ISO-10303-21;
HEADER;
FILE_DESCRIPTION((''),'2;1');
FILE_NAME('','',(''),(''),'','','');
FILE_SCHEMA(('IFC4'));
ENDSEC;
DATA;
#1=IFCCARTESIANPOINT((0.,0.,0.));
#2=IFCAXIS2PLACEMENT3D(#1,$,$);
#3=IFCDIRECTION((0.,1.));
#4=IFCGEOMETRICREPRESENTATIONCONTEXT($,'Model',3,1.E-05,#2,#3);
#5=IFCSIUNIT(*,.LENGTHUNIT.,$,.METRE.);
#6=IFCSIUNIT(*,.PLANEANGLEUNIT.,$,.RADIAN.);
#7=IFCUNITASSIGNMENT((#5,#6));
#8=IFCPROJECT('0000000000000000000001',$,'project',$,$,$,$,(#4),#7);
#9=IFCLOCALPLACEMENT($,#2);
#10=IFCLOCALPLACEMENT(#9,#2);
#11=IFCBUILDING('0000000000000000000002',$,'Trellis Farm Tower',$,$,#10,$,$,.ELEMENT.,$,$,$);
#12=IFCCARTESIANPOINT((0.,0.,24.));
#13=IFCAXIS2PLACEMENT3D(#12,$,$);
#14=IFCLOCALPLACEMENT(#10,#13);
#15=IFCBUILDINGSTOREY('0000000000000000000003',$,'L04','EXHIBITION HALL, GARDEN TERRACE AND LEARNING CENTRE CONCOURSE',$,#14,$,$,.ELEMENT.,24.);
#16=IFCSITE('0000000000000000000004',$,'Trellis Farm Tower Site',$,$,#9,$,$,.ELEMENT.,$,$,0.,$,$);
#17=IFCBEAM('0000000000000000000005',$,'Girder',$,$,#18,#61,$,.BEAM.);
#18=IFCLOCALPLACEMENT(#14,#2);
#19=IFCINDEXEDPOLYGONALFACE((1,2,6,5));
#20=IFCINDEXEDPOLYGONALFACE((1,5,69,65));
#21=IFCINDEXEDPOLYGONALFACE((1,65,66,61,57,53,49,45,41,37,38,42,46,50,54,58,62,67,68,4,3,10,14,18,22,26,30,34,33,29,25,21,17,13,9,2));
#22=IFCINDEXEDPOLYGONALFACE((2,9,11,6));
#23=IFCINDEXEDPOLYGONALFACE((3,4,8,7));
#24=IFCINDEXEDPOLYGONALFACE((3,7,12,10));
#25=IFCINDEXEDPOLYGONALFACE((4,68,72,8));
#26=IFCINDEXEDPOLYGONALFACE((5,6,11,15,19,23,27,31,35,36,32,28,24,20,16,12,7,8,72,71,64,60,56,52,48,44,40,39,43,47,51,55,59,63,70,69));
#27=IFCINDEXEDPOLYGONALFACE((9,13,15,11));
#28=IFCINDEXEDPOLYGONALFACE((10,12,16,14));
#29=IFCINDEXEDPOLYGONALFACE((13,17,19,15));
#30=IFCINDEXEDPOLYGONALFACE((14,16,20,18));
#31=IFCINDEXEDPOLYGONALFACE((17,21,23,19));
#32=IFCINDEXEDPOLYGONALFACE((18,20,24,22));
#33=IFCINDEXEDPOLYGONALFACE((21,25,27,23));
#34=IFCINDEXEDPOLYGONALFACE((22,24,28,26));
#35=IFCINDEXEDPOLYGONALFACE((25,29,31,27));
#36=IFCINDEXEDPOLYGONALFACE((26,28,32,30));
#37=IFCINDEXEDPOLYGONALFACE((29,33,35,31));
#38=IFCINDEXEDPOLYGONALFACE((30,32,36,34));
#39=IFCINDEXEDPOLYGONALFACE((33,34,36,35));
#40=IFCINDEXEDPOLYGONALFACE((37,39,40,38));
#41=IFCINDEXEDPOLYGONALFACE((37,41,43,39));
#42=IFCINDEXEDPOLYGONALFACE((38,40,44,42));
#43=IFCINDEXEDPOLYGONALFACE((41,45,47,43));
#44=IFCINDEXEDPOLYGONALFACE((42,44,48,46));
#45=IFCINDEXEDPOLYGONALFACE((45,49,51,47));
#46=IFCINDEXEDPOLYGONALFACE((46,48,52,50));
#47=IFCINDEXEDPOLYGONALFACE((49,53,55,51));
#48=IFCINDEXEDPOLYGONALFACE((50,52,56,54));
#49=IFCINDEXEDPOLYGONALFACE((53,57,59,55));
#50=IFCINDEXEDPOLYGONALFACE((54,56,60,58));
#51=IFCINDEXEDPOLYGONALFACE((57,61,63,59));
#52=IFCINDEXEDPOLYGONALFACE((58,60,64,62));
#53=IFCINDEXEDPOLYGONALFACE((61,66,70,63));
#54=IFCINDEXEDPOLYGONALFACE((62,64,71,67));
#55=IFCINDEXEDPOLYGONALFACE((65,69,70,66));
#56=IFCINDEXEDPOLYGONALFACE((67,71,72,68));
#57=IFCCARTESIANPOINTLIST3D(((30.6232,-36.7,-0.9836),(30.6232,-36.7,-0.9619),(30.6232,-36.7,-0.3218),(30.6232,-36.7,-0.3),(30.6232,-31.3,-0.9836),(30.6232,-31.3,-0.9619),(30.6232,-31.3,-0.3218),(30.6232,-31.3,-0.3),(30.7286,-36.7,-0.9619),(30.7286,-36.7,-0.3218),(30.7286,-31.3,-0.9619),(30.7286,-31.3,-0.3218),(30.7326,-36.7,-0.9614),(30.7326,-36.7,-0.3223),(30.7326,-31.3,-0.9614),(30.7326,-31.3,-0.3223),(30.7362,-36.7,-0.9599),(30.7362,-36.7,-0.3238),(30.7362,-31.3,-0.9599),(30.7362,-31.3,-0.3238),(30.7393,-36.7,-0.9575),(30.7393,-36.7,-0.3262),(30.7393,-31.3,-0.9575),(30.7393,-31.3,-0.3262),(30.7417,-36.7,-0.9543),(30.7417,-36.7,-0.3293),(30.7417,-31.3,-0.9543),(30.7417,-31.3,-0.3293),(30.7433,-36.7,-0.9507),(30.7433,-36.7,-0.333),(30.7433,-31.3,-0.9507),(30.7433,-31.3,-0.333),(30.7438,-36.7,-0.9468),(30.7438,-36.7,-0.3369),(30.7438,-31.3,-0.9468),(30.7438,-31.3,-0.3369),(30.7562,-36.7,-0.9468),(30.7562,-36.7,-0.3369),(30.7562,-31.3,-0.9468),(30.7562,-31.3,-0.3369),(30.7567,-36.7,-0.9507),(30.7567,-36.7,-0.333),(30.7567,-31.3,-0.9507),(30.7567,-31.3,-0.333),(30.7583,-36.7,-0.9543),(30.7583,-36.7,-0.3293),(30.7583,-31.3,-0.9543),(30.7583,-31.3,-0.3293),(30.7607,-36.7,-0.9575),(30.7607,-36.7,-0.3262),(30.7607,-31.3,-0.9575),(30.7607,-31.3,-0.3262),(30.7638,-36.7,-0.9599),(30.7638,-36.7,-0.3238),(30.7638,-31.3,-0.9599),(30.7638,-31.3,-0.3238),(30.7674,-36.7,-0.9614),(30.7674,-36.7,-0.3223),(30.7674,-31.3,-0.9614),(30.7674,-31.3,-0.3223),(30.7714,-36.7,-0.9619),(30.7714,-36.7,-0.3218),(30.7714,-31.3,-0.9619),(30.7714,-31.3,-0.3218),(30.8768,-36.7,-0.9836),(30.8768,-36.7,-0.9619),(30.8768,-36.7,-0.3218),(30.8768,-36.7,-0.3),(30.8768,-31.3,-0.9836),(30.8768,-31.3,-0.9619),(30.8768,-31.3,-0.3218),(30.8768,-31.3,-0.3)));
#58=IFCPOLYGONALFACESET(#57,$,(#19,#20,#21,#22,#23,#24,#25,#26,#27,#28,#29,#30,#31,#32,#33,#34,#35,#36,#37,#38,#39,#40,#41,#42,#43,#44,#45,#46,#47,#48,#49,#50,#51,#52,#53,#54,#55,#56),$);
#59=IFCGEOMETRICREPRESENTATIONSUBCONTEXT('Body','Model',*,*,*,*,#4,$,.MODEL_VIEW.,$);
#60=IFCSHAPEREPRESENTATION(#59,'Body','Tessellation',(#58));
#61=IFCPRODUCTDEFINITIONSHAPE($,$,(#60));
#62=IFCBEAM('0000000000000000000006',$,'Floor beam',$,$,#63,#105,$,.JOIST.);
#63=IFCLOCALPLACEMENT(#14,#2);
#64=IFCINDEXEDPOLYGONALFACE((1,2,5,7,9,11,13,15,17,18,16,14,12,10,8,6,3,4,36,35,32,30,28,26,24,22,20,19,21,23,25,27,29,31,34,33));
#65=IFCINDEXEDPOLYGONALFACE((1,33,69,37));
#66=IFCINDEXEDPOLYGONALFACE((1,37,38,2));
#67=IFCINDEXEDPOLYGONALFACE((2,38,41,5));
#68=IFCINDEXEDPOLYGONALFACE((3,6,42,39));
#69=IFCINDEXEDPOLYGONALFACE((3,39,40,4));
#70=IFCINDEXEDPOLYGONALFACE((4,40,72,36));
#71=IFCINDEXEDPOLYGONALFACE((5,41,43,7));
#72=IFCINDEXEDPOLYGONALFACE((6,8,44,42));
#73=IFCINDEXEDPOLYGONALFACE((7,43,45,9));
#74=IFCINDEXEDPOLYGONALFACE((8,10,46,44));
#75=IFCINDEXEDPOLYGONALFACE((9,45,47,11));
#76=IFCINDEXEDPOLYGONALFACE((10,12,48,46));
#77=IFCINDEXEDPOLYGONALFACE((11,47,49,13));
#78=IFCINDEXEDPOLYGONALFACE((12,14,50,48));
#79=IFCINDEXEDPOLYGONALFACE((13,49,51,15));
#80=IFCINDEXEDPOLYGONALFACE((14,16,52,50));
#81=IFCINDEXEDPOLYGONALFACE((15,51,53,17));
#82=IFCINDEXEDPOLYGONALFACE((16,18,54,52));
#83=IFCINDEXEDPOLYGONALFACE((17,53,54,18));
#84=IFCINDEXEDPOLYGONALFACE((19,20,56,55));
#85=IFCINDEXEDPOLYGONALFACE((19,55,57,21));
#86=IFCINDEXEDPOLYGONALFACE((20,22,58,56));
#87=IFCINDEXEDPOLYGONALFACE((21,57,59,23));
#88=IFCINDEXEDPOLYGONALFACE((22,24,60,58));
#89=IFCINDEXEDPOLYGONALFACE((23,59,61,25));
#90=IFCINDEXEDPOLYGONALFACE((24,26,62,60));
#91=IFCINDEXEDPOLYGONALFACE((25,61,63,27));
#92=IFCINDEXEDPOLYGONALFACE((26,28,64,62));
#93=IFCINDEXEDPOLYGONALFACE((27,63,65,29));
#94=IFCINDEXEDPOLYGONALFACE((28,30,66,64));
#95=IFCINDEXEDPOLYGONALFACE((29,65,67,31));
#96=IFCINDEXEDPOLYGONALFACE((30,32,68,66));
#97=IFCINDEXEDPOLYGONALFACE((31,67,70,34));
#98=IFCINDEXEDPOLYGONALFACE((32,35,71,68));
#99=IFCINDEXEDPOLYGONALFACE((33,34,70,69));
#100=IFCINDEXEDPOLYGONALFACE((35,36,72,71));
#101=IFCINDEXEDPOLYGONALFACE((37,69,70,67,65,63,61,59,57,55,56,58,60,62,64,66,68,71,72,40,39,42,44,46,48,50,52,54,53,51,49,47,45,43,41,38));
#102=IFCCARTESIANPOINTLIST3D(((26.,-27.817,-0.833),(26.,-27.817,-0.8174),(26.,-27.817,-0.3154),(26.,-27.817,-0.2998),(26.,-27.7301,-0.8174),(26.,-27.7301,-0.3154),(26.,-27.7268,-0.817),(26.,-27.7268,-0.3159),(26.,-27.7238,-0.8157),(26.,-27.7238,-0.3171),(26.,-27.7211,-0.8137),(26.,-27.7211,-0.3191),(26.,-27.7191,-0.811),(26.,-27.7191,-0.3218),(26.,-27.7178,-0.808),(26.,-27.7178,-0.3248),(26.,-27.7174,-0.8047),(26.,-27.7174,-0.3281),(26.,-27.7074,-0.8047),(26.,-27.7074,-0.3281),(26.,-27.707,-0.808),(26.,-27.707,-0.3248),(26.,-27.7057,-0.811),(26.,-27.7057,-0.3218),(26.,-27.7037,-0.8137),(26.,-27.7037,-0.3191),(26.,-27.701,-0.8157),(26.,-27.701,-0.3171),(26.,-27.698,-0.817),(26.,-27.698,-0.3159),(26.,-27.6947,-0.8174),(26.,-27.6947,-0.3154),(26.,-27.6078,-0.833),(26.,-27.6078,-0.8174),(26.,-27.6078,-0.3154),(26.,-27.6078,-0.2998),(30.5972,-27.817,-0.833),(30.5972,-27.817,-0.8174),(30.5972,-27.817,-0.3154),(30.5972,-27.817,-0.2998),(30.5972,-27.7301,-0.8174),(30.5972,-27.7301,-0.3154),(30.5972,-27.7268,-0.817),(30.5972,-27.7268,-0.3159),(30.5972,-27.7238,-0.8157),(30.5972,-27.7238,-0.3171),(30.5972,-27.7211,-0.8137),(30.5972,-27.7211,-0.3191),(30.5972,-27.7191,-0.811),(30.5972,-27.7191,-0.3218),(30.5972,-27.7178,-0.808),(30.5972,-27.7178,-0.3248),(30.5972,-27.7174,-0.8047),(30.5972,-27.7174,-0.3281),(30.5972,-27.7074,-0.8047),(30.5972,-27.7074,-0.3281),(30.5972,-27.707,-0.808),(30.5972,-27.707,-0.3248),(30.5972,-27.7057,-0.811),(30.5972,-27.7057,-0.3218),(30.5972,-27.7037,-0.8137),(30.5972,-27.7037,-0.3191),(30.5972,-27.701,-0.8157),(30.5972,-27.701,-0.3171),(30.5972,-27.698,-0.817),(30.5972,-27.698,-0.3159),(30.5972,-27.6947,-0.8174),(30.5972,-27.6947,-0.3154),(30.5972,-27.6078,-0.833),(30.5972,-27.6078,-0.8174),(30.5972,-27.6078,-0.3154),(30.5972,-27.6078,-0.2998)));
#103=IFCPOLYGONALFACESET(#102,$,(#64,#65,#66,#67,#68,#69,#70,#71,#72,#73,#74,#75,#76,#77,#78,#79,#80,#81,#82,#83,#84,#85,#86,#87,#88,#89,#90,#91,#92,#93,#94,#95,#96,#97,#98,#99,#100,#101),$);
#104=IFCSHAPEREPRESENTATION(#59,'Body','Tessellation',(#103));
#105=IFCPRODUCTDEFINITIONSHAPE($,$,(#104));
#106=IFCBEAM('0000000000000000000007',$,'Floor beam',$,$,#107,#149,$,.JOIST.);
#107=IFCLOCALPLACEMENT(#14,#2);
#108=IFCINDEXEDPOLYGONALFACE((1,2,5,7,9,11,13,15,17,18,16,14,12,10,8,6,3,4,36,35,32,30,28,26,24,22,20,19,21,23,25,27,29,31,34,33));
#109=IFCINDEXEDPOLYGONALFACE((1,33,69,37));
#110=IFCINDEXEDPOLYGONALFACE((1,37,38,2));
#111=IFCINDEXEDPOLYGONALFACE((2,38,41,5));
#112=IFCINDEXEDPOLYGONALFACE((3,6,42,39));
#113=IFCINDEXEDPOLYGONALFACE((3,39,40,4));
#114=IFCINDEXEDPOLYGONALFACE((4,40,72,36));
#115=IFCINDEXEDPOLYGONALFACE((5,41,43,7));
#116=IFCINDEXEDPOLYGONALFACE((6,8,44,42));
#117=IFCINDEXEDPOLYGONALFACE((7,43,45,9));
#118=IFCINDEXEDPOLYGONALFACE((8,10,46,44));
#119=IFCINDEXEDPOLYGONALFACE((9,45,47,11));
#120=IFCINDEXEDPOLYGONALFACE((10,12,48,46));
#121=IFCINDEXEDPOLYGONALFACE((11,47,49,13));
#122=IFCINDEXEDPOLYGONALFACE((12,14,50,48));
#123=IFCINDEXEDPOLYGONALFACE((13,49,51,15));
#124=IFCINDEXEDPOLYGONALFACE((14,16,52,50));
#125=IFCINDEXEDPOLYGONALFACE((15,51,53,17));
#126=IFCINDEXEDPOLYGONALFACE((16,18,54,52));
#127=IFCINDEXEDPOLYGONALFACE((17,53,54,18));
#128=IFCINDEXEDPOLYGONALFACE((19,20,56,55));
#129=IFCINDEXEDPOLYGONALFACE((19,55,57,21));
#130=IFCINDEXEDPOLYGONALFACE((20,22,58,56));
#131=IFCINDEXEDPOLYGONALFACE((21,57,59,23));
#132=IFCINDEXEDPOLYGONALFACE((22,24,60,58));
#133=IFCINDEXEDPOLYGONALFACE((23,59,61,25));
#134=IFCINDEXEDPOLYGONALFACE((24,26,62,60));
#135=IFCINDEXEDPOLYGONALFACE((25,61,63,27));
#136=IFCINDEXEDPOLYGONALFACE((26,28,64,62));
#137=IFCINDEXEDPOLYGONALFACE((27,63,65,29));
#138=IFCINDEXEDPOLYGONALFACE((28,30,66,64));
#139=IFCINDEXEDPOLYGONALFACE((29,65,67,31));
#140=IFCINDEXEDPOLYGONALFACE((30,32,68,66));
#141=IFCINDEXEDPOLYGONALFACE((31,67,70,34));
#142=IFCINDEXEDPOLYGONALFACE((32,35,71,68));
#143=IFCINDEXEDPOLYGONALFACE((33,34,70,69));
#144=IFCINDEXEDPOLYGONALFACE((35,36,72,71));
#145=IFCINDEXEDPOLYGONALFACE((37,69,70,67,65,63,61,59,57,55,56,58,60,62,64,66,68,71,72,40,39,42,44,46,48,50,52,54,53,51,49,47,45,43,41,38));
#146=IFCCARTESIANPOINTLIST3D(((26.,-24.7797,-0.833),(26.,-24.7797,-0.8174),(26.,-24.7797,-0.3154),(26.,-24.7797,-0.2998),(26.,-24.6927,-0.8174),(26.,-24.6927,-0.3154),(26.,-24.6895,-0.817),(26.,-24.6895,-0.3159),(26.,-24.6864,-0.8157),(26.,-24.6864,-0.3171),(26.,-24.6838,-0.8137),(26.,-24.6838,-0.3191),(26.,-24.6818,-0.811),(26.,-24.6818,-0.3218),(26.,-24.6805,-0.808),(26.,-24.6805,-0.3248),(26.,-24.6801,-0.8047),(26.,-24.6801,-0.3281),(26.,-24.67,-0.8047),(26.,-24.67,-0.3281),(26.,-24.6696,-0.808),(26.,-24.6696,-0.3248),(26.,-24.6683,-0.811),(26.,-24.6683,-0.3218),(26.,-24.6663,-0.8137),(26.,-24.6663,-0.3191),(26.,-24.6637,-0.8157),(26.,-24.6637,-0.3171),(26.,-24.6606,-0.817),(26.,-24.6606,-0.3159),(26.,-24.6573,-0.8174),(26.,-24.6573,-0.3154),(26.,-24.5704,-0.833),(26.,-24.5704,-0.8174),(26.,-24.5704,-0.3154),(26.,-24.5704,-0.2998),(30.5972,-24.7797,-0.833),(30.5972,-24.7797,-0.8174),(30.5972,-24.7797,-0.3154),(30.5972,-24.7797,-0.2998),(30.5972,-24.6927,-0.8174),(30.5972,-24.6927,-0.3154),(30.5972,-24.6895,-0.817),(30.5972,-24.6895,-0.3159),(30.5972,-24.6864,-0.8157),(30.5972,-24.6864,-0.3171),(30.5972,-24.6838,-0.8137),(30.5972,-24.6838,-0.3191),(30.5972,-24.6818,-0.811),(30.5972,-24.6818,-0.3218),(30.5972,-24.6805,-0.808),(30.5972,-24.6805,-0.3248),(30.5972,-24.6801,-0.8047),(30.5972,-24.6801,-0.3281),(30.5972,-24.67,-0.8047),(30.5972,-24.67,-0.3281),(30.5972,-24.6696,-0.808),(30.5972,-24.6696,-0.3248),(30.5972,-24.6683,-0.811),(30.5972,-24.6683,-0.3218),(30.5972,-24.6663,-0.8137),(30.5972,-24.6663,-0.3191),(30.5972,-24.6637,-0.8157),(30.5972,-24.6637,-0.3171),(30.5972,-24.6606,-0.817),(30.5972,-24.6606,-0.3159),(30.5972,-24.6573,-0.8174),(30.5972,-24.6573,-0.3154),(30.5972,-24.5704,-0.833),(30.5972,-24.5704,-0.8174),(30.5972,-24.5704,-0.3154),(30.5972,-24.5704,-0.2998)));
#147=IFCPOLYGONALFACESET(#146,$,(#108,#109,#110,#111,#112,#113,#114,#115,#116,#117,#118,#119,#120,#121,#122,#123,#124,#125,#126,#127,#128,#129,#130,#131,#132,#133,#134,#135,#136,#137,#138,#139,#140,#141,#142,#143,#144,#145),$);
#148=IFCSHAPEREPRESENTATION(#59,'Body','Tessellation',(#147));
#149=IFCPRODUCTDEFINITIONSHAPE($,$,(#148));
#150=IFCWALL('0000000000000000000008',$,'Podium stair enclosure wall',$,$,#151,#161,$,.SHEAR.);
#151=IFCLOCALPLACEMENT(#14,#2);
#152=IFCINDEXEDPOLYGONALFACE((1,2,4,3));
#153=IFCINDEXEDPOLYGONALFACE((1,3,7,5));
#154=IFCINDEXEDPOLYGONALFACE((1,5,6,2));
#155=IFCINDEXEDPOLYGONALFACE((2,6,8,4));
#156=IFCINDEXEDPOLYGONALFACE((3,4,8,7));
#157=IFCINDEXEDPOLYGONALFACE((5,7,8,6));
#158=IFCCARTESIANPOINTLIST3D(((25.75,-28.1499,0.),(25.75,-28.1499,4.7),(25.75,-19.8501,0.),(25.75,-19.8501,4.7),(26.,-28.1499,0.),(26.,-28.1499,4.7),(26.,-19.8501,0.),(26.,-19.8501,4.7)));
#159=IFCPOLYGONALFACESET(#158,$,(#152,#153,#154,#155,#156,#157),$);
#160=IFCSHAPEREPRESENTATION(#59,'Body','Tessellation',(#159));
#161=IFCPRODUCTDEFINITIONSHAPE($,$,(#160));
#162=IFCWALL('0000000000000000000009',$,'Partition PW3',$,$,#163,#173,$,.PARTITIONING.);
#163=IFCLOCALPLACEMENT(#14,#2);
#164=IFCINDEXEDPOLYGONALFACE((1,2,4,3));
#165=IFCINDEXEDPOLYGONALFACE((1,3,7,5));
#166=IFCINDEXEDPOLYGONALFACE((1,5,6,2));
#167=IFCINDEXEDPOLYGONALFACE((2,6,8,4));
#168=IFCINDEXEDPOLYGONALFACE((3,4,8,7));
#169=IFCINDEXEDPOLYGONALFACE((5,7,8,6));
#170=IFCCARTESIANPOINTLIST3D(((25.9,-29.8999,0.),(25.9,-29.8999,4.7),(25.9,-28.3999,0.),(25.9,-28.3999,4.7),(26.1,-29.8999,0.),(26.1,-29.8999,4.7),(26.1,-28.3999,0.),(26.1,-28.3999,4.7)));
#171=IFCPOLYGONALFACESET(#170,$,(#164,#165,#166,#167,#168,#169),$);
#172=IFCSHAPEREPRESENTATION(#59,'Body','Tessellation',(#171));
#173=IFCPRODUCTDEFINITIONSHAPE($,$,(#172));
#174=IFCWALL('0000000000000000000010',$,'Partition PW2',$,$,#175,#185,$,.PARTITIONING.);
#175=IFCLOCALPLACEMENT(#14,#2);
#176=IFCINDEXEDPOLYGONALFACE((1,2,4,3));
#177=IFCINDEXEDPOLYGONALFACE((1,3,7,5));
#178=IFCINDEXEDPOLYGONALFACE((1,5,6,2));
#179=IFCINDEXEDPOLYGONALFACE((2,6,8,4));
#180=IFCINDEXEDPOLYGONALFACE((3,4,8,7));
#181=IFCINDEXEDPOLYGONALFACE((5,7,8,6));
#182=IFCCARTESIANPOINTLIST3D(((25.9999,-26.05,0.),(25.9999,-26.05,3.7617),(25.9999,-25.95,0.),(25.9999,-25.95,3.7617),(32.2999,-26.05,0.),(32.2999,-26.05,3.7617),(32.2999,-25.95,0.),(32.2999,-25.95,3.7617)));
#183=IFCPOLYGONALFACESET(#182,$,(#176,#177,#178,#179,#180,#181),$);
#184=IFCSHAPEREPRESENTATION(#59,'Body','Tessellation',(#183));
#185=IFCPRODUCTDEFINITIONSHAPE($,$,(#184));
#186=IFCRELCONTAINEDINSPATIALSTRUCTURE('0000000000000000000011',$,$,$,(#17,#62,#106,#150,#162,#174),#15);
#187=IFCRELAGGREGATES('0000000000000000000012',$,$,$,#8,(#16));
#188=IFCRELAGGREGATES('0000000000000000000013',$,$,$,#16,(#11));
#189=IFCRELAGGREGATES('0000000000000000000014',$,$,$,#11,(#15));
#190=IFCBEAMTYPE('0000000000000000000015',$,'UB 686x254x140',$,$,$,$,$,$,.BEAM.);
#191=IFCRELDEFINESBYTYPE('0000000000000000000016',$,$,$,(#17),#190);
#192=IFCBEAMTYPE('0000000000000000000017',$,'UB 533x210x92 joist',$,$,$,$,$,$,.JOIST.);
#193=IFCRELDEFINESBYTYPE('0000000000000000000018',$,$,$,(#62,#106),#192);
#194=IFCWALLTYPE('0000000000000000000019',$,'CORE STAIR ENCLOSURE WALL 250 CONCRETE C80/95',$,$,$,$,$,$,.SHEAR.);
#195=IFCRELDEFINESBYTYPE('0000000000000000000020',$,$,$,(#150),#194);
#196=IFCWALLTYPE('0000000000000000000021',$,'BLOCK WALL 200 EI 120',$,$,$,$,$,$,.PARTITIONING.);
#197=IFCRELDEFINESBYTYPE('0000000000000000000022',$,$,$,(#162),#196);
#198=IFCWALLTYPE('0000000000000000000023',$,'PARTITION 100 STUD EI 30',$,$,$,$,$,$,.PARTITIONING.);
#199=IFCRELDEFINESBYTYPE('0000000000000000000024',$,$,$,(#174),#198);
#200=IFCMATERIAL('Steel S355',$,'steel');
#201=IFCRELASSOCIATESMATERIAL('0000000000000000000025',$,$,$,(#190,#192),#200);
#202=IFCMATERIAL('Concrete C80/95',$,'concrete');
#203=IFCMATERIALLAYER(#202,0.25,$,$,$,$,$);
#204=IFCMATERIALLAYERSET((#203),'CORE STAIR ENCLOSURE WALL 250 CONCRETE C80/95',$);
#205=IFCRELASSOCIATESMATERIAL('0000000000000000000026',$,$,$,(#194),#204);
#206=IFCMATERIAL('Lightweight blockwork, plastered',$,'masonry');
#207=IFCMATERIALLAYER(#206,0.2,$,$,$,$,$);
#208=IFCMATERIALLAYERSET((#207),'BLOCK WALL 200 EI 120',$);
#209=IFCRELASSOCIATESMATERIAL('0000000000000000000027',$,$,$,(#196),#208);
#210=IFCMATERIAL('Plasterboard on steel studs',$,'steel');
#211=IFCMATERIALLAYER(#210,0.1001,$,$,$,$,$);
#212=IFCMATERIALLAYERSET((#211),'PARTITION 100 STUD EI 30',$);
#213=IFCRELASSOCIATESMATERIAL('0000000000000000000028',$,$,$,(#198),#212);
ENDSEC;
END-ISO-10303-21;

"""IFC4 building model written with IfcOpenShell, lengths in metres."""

from ifc_helpers import new_model, si_unit, direction, frame, frame_2d, origin, origin_2d, place, context, subcontext, project, spatial, rectangle, i_section, extrude, source, transform, mapped, material, layer, layer_set, material_profile, profile_set, type_object, element, save


model = new_model("IFC4")

# Units and contexts
model_context = context("Model", 3, precision=1e-05, world=origin(), true_north=direction((0.0, 1.0)))
body_context = subcontext(model_context, "Body", "Model", "MODEL_VIEW")
ifc_project = project(units=[si_unit("LENGTHUNIT", "METRE"), si_unit("PLANEANGLEUNIT", "RADIAN")], contexts=[model_context])

# Site, building, storey
site_placement = place(None, origin())
site = spatial("IfcSite", under=ifc_project, at=site_placement, Name="Trellis Farm Tower Site", CompositionType="ELEMENT", RefElevation=0.0)
building_placement = place(site_placement, origin())
building = spatial("IfcBuilding", under=site, at=building_placement, Name="Trellis Farm Tower", CompositionType="ELEMENT")
storey_placement = place(building_placement, frame((0.0, 0.0, 24.0)))
storey = spatial("IfcBuildingStorey", under=building, at=storey_placement, Name="L04", Description="EXHIBITION HALL, GARDEN TERRACE AND LEARNING CENTRE CONCOURSE", CompositionType="ELEMENT", Elevation=24.0)

# Beams
ifc_material_1 = material(Name="Steel S355", Category="steel")
ifc_material_profile_1 = material_profile(ifc_material_1, i_section(OverallWidth=0.2537, OverallDepth=0.6836, WebThickness=0.0125, FlangeThickness=0.0217, FilletRadius=0.0151, at=origin_2d()), Name="UB 686x254x140")
ifc_profile_set_1 = profile_set([ifc_material_profile_1], Name="Steel S355")
beam_type_1 = type_object("IfcBeamType", Name="UB 686x254x140", PredefinedType="BEAM", material=ifc_profile_set_1)
shared_shape_1 = source(origin(), body_context, "Body", "SweptSolid", [
    extrude(i_section(OverallWidth=0.2537, OverallDepth=0.6836, WebThickness=0.0125, FlangeThickness=0.0217, FilletRadius=0.0151, at=origin_2d()), origin(), (0.0, 0.0, 1.0), 5.3999),
])
beam_placement = place(storey_placement, frame((30.75, -36.7, -0.6418), z_axis=(0.0, 1.0, 0.0), x_axis=(-1.0, 0.0, 0.0)))
element("IfcBeam", 1, at=beam_placement, inside=storey, type_object=beam_type_1, Name="Girder", PredefinedType="BEAM", context=body_context, shape_type="MappedRepresentation", body=[
    mapped(shared_shape_1, transform((0.0, 0.0, 0.0))),
])
ifc_material_profile_2 = material_profile(ifc_material_1, i_section(OverallWidth=0.2092, OverallDepth=0.5332, WebThickness=0.01, FlangeThickness=0.0156, FilletRadius=0.0127, at=origin_2d()), Name="UB 533x210x92")
ifc_profile_set_2 = profile_set([ifc_material_profile_2], Name="Steel S355")
beam_type_2 = type_object("IfcBeamType", Name="UB 533x210x92 joist", PredefinedType="JOIST", material=ifc_profile_set_2)
shared_shape_2 = source(origin(), body_context, "Body", "SweptSolid", [
    extrude(i_section(OverallWidth=0.2092, OverallDepth=0.5332, WebThickness=0.01, FlangeThickness=0.0156, FilletRadius=0.0127, at=origin_2d()), origin(), (0.0, 0.0, 1.0), 4.5972),
])
for number, where, z_axis, x_axis, name in (
    (2, (26.0, -27.7124, -0.5664), (1.0, 0.0, 0.0), (0.0, 1.0, 0.0), "Floor beam"),
    (3, (26.0, -24.675, -0.5664), (1.0, 0.0, 0.0), (0.0, 1.0, 0.0), "Floor beam"),
):
    element("IfcBeam", number, at=place(storey_placement, frame(where, z_axis=z_axis, x_axis=x_axis)), inside=storey, type_object=beam_type_2, Name=name, PredefinedType="JOIST", context=body_context, shape_type="MappedRepresentation", body=[
        mapped(shared_shape_2, transform((0.0, 0.0, 0.0))),
    ])

# Walls
ifc_material_2 = material(Name="Concrete C80/95", Category="concrete")
ifc_layer_1 = layer(ifc_material_2, 0.25)
ifc_layer_set_1 = layer_set([ifc_layer_1], Name="CORE STAIR ENCLOSURE WALL 250 CONCRETE C80/95")
wall_type_1 = type_object("IfcWallType", Name="CORE STAIR ENCLOSURE WALL 250 CONCRETE C80/95", PredefinedType="SHEAR", material=ifc_layer_set_1)
shared_shape_3 = source(origin(), body_context, "Body", "SweptSolid", [
    extrude(rectangle(XDim=8.2998, YDim=0.25, at=frame_2d((4.1499, 0.0))), origin(), (0.0, 0.0, 1.0), 4.7),
])
wall_1_placement = place(storey_placement, frame((25.875, -28.1499, 0.0), z_axis=(0.0, 0.0, 1.0), x_axis=(0.0, 1.0, 0.0)))
element("IfcWall", 4, at=wall_1_placement, inside=storey, type_object=wall_type_1, Name="Podium stair enclosure wall", PredefinedType="SHEAR", context=body_context, shape_type="MappedRepresentation", body=[
    mapped(shared_shape_3, transform((0.0, 0.0, 0.0))),
])
ifc_material_3 = material(Name="Lightweight blockwork, plastered", Category="masonry")
ifc_layer_2 = layer(ifc_material_3, 0.2)
ifc_layer_set_2 = layer_set([ifc_layer_2], Name="BLOCK WALL 200 EI 120")
wall_type_2 = type_object("IfcWallType", Name="BLOCK WALL 200 EI 120", PredefinedType="PARTITIONING", material=ifc_layer_set_2)
shared_shape_4 = source(origin(), body_context, "Body", "SweptSolid", [
    extrude(rectangle(XDim=1.5, YDim=0.2, at=frame_2d((0.75, 0.0))), origin(), (0.0, 0.0, 1.0), 4.7),
])
wall_2_placement = place(storey_placement, frame((26.0, -28.3999, 0.0), z_axis=(0.0, 0.0, 1.0), x_axis=(0.0, -1.0, 0.0)))
element("IfcWall", 5, at=wall_2_placement, inside=storey, type_object=wall_type_2, Name="Partition PW3", PredefinedType="PARTITIONING", context=body_context, shape_type="MappedRepresentation", body=[
    mapped(shared_shape_4, transform((0.0, 0.0, 0.0))),
])
ifc_material_4 = material(Name="Plasterboard on steel studs", Category="steel")
ifc_layer_3 = layer(ifc_material_4, 0.1001)
ifc_layer_set_3 = layer_set([ifc_layer_3], Name="PARTITION 100 STUD EI 30")
wall_type_3 = type_object("IfcWallType", Name="PARTITION 100 STUD EI 30", PredefinedType="PARTITIONING", material=ifc_layer_set_3)
shared_shape_5 = source(origin(), body_context, "Body", "SweptSolid", [
    extrude(rectangle(XDim=6.3, YDim=0.1001, at=frame_2d((3.1499, 0.0))), origin(), (0.0, 0.0, 1.0), 3.7617),
])
wall_3_placement = place(storey_placement, frame((26.0, -26.0, 0.0), z_axis=(0.0, 0.0, 1.0), x_axis=(1.0, 0.0, 0.0)))
element("IfcWall", 6, at=wall_3_placement, inside=storey, type_object=wall_type_3, Name="Partition PW2", PredefinedType="PARTITIONING", context=body_context, shape_type="MappedRepresentation", body=[
    mapped(shared_shape_5, transform((0.0, 0.0, 0.0))),
])

save(model, "model.ifc")
